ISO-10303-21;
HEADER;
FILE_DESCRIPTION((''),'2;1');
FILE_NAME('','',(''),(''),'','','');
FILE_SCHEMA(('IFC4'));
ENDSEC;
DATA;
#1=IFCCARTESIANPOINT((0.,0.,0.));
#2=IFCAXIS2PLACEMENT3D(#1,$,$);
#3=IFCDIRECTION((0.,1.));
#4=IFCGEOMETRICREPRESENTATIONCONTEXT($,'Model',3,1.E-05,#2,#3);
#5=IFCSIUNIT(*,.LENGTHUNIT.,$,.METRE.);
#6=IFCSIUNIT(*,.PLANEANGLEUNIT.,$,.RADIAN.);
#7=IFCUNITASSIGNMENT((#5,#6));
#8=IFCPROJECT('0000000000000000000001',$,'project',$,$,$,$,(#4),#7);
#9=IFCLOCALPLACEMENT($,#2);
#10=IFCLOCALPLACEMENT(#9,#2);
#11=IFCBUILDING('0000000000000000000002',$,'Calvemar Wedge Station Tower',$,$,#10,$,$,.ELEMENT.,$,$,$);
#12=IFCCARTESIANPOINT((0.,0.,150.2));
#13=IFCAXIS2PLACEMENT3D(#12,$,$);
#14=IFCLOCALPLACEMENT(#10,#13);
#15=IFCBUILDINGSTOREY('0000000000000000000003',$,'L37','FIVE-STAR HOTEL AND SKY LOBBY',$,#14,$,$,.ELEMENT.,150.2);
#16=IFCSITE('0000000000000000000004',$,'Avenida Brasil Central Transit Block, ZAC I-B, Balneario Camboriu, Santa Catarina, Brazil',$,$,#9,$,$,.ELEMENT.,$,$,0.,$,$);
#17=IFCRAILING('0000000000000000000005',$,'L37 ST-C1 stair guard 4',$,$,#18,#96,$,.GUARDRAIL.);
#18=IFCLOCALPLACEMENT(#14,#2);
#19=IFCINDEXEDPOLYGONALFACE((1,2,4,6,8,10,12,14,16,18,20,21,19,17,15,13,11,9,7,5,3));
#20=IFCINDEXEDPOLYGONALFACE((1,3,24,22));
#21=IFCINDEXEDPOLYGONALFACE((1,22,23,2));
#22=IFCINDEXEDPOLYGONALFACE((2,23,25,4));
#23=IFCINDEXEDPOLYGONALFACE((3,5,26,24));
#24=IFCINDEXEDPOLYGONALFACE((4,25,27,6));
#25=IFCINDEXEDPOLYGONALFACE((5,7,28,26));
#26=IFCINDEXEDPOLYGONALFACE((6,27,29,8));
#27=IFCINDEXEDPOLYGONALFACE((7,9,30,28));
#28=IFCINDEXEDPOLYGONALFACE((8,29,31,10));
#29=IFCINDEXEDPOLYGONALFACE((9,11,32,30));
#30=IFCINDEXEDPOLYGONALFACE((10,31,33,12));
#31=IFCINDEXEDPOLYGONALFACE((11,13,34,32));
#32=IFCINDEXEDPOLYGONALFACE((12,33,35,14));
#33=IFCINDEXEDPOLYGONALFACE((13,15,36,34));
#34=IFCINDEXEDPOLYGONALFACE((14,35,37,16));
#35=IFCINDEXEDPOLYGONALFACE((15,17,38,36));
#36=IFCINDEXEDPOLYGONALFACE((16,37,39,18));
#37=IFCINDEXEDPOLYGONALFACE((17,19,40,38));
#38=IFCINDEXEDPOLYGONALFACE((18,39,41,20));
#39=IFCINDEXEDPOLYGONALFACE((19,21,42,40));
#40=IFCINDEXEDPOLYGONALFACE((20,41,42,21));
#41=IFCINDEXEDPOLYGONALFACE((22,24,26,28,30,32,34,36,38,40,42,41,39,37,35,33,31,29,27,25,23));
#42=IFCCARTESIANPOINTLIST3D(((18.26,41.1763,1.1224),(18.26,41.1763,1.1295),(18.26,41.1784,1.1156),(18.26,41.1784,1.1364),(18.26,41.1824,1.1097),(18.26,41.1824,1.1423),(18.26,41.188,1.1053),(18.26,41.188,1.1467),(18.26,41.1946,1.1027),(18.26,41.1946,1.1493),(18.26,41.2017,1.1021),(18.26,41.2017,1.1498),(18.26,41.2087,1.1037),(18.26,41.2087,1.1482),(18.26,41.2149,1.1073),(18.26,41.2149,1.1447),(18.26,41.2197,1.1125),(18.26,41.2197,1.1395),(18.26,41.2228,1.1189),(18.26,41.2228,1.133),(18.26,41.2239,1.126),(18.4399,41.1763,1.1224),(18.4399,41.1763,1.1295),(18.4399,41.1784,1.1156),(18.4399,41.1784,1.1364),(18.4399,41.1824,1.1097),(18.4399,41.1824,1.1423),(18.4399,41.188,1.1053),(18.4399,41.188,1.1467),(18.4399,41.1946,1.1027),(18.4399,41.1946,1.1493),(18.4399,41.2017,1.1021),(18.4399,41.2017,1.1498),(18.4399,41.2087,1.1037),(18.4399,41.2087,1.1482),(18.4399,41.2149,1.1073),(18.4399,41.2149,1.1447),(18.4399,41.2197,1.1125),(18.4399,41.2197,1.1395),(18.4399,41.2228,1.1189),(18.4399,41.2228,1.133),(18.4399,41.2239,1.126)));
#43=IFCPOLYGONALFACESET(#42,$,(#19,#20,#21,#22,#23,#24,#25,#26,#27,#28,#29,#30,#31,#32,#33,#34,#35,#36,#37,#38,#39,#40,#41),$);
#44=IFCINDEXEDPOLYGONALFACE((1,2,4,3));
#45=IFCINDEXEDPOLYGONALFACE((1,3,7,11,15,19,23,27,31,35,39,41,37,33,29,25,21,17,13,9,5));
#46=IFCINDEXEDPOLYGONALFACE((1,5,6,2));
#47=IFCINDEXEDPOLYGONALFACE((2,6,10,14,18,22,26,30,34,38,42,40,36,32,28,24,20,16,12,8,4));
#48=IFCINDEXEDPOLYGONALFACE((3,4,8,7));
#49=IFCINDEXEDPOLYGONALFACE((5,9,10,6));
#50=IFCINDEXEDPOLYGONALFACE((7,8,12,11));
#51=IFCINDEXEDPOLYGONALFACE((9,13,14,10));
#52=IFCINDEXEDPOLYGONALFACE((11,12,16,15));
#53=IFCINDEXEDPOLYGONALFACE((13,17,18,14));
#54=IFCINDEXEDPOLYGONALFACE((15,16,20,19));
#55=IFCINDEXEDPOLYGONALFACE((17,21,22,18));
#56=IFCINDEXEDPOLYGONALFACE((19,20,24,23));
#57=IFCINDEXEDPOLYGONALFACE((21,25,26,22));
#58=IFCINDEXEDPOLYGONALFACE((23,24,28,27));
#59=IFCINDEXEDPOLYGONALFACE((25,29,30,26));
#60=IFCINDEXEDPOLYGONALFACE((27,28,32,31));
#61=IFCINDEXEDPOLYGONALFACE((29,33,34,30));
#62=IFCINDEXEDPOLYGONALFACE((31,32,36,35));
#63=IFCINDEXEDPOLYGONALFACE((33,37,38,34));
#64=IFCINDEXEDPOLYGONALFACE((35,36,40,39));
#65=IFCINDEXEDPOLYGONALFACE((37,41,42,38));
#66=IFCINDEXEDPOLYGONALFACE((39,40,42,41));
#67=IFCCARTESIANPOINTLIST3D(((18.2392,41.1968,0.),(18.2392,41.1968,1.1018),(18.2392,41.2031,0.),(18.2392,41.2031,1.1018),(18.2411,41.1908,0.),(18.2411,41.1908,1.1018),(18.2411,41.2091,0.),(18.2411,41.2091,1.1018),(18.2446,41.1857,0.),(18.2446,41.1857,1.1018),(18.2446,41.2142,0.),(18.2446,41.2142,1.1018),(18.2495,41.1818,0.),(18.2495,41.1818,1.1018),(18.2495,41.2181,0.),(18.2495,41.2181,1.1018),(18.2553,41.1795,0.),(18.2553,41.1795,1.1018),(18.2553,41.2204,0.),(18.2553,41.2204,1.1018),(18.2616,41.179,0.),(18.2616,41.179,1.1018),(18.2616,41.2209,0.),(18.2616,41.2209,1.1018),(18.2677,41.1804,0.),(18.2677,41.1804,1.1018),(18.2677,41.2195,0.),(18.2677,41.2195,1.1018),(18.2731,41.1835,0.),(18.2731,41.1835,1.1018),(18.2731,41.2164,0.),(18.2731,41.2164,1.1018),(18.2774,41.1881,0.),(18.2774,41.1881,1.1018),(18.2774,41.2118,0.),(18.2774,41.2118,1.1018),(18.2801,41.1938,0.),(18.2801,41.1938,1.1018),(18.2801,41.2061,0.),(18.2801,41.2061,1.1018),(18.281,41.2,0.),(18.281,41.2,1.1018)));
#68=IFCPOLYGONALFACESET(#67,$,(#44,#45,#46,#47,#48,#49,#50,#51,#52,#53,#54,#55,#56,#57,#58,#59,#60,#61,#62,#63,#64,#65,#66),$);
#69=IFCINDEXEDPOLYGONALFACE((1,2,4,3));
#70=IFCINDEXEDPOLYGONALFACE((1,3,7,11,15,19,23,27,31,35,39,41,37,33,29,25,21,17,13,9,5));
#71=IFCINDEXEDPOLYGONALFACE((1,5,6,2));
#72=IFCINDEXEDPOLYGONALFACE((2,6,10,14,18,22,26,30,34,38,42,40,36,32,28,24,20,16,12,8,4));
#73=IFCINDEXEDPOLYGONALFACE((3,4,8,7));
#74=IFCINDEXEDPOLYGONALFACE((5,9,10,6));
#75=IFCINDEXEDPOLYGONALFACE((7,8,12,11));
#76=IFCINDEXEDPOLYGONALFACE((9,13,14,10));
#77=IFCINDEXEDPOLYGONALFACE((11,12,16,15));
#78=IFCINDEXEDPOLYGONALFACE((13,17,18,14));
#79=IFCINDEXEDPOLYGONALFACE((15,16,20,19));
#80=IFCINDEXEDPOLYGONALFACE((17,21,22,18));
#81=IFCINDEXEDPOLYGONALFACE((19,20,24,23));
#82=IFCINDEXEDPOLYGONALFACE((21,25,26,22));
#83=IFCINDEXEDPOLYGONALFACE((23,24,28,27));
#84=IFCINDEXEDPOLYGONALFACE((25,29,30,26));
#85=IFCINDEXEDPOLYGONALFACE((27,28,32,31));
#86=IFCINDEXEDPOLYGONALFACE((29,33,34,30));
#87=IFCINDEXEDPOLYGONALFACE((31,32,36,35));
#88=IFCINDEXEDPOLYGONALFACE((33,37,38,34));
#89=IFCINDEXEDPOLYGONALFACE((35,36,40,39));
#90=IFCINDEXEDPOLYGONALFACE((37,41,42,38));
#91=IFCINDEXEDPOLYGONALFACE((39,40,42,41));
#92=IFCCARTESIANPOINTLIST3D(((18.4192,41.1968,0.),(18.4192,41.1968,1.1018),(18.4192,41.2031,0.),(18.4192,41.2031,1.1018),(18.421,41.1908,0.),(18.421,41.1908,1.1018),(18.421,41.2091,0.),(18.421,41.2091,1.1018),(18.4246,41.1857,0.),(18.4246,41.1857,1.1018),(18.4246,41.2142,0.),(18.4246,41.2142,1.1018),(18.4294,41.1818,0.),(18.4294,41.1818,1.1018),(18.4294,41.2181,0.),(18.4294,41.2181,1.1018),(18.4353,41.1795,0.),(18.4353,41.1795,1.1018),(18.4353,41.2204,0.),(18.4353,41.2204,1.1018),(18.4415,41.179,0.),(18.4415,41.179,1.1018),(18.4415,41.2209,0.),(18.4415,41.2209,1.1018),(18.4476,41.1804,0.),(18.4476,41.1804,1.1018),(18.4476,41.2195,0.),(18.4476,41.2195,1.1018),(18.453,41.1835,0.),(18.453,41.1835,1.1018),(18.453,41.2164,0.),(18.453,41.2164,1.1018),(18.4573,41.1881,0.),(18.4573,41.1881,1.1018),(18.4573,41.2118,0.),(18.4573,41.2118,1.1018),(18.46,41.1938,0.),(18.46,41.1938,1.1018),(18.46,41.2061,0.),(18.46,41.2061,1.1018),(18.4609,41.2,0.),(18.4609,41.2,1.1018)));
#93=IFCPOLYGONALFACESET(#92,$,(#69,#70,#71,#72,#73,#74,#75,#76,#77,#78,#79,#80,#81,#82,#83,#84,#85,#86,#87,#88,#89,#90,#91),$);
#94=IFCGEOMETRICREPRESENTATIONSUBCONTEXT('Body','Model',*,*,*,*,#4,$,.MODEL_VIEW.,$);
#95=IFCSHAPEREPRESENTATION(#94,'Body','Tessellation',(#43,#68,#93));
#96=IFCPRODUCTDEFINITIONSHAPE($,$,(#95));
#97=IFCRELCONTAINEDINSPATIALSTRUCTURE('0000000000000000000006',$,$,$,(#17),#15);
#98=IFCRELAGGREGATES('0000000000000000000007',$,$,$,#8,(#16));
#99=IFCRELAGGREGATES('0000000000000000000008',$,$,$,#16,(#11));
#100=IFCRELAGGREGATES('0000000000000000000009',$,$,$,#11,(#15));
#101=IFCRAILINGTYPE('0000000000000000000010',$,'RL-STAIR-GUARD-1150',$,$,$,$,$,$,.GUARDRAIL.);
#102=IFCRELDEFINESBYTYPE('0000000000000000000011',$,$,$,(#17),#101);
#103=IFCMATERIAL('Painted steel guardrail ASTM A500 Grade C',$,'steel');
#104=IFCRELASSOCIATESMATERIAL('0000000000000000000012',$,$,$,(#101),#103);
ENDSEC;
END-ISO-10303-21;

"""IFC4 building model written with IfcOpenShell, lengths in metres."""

from ifc_helpers import new_model, si_unit, direction, frame, origin, origin_2d, place, context, subcontext, project, spatial, circle, extrude, material, type_object, element, save


model = new_model("IFC4")

# Units and contexts
model_context = context("Model", 3, precision=1e-05, world=origin(), true_north=direction((0.0, 1.0)))
body_context = subcontext(model_context, "Body", "Model", "MODEL_VIEW")
ifc_project = project(units=[si_unit("LENGTHUNIT", "METRE"), si_unit("PLANEANGLEUNIT", "RADIAN")], contexts=[model_context])

# Site, building, storey
site_placement = place(None, origin())
site = spatial("IfcSite", under=ifc_project, at=site_placement, Name="Avenida Brasil Central Transit Block, ZAC I-B, Balneario Camboriu, Santa Catarina, Brazil", CompositionType="ELEMENT", RefElevation=0.0)
building_placement = place(site_placement, origin())
building = spatial("IfcBuilding", under=site, at=building_placement, Name="Calvemar Wedge Station Tower", CompositionType="ELEMENT")
storey_placement = place(building_placement, frame((0.0, 0.0, 150.2)))
storey = spatial("IfcBuildingStorey", under=building, at=storey_placement, Name="L37", Description="FIVE-STAR HOTEL AND SKY LOBBY", CompositionType="ELEMENT", Elevation=150.2)

# Railing
ifc_material_1 = material(Name="Painted steel guardrail ASTM A500 Grade C", Category="steel")
railing_type = type_object("IfcRailingType", Name="RL-STAIR-GUARD-1150", PredefinedType="GUARDRAIL", material=ifc_material_1)
railing_1_placement = place(storey_placement, frame((18.26, 41.2, 0.0)))
element("IfcRailing", 1, at=railing_1_placement, inside=storey, type_object=railing_type, Name="L37 ST-C1 stair guard 4", PredefinedType="GUARDRAIL", context=body_context, shape_type="SweptSolid", body=[
    extrude(circle(Radius=0.0239, at=origin_2d()), frame((0.0, 0.0, 1.126), z_axis=(1.0, 0.0, 0.0), x_axis=(0.0, 1.0, 0.0)), (0.0, 0.0, 1.0), 0.1799),
    extrude(circle(Radius=0.021, at=origin_2d()), origin(), (0.0, 0.0, 1.0), 1.1018),
    extrude(circle(Radius=0.021, at=origin_2d()), frame((0.1799, 0.0, 0.0)), (0.0, 0.0, 1.0), 1.1018),
])

save(model, "model.ifc")
